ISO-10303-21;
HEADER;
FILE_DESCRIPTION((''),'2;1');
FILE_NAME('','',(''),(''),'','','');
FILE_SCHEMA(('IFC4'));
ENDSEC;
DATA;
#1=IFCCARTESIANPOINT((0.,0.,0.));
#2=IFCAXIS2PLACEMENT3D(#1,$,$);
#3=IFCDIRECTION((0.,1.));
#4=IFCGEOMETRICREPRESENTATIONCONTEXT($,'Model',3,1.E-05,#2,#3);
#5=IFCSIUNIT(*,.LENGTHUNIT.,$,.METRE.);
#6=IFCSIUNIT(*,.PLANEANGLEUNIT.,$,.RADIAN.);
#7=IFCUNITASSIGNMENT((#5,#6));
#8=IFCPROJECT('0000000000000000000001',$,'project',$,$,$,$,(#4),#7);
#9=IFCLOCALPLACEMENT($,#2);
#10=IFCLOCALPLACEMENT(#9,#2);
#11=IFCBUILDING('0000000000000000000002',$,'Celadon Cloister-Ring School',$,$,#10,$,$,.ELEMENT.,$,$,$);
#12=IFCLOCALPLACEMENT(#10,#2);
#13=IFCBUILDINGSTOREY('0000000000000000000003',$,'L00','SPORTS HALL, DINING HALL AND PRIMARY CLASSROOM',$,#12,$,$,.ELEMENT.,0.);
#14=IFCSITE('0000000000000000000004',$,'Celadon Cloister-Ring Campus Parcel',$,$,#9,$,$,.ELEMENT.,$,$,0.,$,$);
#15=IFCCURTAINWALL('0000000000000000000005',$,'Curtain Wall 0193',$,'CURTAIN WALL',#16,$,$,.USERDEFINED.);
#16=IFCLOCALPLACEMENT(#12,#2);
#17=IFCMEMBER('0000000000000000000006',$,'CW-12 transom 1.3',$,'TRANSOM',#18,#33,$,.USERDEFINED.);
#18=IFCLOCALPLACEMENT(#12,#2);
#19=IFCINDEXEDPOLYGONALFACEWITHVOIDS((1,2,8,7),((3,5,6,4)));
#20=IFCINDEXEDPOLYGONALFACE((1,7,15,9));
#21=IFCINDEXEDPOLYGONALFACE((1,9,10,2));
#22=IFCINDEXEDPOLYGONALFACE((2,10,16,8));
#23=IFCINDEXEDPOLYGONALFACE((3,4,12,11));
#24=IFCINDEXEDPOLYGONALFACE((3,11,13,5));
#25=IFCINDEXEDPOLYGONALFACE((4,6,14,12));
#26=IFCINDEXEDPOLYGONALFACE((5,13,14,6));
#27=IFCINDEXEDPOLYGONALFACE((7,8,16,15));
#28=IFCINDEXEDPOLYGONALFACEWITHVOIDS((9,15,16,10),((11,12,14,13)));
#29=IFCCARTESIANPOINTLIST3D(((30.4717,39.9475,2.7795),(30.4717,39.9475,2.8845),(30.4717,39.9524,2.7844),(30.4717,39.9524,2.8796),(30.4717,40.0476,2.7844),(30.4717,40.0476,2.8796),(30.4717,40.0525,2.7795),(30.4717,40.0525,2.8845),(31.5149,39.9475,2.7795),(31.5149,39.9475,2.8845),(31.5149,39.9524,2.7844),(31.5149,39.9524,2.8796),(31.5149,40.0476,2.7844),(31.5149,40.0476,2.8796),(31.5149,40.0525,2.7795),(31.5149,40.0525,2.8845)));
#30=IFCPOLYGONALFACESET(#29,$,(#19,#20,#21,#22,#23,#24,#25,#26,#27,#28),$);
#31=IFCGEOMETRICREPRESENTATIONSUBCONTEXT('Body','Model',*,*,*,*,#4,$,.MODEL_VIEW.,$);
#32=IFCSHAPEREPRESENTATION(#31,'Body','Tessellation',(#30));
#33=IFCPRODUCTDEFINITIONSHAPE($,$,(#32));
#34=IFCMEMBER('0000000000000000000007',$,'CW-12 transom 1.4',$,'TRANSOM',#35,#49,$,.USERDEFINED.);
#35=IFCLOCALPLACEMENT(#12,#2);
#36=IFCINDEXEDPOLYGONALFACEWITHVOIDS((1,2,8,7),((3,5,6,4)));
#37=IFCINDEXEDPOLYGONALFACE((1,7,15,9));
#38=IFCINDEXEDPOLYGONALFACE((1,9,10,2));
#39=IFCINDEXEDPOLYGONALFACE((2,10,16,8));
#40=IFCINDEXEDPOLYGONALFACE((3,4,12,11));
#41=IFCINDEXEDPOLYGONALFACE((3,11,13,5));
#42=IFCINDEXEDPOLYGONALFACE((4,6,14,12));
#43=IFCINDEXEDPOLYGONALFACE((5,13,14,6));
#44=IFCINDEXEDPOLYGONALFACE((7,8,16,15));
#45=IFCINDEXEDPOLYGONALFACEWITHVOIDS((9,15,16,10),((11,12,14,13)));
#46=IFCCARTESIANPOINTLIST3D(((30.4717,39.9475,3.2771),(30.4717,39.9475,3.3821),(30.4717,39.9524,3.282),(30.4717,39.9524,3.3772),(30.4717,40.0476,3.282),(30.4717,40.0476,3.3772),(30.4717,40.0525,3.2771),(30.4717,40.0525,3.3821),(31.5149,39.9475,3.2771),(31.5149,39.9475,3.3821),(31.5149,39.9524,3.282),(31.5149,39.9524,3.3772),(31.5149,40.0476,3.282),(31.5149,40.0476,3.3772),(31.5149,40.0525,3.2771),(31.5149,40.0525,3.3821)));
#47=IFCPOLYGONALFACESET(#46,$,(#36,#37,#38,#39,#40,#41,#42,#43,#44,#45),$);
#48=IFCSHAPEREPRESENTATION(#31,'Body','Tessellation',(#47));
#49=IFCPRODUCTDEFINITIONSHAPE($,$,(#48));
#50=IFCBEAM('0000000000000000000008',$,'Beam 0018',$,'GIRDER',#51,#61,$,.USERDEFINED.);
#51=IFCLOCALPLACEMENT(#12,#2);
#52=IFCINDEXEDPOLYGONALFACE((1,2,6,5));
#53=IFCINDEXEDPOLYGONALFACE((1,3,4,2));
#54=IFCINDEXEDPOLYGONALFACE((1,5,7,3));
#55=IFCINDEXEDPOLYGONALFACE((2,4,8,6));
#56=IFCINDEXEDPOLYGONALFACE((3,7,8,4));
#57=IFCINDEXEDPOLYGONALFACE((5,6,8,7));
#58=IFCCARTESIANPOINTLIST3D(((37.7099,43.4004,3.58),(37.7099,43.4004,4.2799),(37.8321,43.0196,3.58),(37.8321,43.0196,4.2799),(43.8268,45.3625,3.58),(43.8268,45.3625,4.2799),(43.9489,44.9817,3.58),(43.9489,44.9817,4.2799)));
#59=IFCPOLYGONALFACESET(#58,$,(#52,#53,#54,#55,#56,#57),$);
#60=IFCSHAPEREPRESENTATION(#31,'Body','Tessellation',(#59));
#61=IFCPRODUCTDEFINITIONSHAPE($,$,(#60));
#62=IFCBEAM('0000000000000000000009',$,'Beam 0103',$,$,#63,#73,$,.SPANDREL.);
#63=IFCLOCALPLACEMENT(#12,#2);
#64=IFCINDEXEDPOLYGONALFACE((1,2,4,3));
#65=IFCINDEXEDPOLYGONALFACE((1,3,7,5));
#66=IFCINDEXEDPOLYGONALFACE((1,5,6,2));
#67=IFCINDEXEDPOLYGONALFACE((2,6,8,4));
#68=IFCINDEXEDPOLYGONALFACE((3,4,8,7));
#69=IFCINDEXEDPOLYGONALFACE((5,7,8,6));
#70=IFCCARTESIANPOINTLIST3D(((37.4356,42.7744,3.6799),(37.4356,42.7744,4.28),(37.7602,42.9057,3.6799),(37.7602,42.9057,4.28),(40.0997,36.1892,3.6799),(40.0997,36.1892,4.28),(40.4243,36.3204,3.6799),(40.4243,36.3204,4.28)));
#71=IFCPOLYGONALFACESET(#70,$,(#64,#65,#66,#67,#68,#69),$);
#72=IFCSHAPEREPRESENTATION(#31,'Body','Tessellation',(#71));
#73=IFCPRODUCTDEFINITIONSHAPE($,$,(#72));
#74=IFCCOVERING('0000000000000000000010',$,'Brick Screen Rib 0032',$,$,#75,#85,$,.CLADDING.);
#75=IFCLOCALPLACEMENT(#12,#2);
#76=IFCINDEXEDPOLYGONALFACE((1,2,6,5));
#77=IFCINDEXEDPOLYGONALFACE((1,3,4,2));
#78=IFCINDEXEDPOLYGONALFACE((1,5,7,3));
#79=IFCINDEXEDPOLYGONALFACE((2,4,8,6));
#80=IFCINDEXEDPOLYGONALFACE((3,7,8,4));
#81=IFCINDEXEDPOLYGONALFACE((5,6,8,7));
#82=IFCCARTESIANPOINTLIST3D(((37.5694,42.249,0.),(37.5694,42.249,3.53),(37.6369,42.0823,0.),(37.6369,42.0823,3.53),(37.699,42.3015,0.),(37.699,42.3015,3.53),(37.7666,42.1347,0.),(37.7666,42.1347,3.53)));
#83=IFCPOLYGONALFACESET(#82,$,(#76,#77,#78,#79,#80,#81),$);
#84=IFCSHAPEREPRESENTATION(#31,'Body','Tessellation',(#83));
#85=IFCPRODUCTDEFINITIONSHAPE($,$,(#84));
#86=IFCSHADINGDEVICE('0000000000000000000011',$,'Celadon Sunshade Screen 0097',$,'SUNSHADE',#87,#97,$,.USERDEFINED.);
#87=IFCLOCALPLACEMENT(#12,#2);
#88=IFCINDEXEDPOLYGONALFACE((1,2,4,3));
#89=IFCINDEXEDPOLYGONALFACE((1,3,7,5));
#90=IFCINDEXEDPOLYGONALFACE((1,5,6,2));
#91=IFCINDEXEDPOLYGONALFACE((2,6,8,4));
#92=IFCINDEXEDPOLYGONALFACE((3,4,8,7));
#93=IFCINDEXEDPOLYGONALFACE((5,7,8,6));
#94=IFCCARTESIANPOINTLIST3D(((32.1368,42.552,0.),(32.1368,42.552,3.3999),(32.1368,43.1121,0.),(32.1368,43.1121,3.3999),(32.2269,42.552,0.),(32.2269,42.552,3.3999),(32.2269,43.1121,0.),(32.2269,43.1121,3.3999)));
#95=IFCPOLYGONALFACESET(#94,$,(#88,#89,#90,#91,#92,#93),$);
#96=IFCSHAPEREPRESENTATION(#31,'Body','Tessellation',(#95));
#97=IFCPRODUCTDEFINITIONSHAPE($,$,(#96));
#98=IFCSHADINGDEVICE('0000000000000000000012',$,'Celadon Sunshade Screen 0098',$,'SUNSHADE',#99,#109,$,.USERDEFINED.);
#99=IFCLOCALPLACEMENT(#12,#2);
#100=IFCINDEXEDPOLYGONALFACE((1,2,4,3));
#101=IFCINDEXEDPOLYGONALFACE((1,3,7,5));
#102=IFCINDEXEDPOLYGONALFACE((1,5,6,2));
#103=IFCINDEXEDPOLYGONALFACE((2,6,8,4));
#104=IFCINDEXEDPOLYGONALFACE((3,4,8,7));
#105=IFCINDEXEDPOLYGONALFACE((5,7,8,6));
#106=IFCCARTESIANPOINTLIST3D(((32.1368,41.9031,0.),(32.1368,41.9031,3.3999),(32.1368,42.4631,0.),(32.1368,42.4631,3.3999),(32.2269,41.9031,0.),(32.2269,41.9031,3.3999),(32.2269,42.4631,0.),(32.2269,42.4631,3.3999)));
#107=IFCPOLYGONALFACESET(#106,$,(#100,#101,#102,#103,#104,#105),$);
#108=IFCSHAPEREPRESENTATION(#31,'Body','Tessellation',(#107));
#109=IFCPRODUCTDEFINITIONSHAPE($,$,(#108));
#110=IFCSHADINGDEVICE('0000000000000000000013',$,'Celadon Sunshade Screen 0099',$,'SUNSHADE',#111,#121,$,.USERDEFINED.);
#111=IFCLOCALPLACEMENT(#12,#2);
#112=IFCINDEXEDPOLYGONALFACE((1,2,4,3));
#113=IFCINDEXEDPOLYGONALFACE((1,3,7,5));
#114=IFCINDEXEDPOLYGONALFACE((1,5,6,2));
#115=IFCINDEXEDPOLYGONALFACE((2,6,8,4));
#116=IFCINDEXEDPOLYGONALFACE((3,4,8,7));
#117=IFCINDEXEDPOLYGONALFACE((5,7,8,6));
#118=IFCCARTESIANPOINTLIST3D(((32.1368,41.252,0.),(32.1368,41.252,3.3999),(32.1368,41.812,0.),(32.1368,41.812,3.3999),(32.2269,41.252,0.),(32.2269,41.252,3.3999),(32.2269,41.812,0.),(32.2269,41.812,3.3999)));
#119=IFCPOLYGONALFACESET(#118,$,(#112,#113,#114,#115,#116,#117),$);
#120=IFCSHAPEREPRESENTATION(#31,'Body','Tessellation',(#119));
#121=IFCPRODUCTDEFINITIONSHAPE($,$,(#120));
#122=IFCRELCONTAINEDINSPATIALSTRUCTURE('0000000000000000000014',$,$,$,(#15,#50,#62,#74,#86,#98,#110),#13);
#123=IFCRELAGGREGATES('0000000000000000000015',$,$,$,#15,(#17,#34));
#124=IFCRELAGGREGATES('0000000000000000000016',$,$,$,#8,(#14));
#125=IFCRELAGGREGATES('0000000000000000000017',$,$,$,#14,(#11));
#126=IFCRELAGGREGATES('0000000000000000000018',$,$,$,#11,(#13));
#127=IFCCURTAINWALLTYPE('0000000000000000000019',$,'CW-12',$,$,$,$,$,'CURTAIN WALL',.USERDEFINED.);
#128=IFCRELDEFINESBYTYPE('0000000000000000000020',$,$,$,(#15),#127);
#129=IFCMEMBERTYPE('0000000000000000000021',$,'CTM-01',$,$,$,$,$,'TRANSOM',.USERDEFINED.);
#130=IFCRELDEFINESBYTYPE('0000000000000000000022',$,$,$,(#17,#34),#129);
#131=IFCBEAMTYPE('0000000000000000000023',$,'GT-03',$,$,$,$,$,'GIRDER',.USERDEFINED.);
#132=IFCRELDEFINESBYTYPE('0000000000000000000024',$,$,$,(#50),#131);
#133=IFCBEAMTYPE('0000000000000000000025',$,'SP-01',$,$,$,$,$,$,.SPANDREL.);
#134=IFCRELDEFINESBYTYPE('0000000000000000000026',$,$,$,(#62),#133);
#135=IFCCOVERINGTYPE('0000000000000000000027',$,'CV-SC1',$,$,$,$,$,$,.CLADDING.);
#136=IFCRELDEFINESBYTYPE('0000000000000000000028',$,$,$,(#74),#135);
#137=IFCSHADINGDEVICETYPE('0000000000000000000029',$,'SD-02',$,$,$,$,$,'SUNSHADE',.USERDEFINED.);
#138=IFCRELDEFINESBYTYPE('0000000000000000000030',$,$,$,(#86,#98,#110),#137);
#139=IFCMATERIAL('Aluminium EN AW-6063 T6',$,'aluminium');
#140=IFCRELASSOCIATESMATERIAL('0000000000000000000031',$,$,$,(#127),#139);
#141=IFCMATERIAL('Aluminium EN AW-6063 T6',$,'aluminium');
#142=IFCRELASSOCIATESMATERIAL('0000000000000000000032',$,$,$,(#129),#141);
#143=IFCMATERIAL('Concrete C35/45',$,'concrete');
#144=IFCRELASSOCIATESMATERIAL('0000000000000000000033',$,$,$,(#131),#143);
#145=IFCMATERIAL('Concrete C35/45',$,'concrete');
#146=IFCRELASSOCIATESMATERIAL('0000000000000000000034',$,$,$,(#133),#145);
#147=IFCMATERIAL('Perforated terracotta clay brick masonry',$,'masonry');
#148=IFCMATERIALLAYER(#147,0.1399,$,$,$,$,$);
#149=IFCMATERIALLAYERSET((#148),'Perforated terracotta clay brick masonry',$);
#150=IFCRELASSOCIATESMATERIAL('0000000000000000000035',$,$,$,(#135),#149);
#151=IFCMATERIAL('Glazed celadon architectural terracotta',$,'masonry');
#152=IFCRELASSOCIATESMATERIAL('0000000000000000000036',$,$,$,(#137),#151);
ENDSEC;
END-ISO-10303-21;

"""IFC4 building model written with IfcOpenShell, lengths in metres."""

from ifc_helpers import new_model, si_unit, direction, frame, origin, origin_2d, place, context, subcontext, project, spatial, rectangle, hollow_rectangle, extrude, material, layer, layer_set, material_profile, profile_set, type_object, element, aggregate, save


model = new_model("IFC4")

# Units and contexts
model_context = context("Model", 3, precision=1e-05, world=origin(), true_north=direction((0.0, 1.0)))
body_context = subcontext(model_context, "Body", "Model", "MODEL_VIEW")
ifc_project = project(units=[si_unit("LENGTHUNIT", "METRE"), si_unit("PLANEANGLEUNIT", "RADIAN")], contexts=[model_context])

# Site, building, storey
site_placement = place(None, origin())
site = spatial("IfcSite", under=ifc_project, at=site_placement, Name="Celadon Cloister-Ring Campus Parcel", CompositionType="ELEMENT", RefElevation=0.0)
building_placement = place(site_placement, origin())
building = spatial("IfcBuilding", under=site, at=building_placement, Name="Celadon Cloister-Ring School", CompositionType="ELEMENT")
storey_placement = place(building_placement, origin())
storey = spatial("IfcBuildingStorey", under=building, at=storey_placement, Name="L00", Description="SPORTS HALL, DINING HALL AND PRIMARY CLASSROOM", CompositionType="ELEMENT", Elevation=0.0)

# Curtain wall, members
ifc_material_1 = material(Name="Aluminium EN AW-6063 T6", Category="aluminium")
curtain_wall_type = type_object("IfcCurtainWallType", Name="CW-12", ElementType="CURTAIN WALL", PredefinedType="USERDEFINED", material=ifc_material_1)
curtain_wall_placement = place(storey_placement, origin())
curtain_wall = element("IfcCurtainWall", 1, at=curtain_wall_placement, inside=storey, type_object=curtain_wall_type, Name="Curtain Wall 0193", ObjectType="CURTAIN WALL", PredefinedType="USERDEFINED")
ifc_material_2 = material(Name="Aluminium EN AW-6063 T6", Category="aluminium")
ifc_material_profile_1 = material_profile(ifc_material_2, hollow_rectangle(XDim=0.105, YDim=0.105, WallThickness=0.0049, at=origin_2d()), Name="RHS105X105X5")
ifc_profile_set_1 = profile_set([ifc_material_profile_1], Name="Aluminium EN AW-6063 T6")
member_type_1 = type_object("IfcMemberType", Name="CTM-01", ElementType="TRANSOM", PredefinedType="USERDEFINED", material=ifc_profile_set_1)
member_1_placement = place(storey_placement, frame((31.5149, 40.0, 2.832), z_axis=(-1.0, 0.0, 0.0), x_axis=(0.0, -1.0, 0.0)))
member_1 = element("IfcMember", 2, at=member_1_placement, type_object=member_type_1, Name="CW-12 transom 1.3", ObjectType="TRANSOM", PredefinedType="USERDEFINED", context=body_context, shape_type="SweptSolid", body=[
    extrude(hollow_rectangle(XDim=0.105, YDim=0.105, WallThickness=0.0049, at=origin_2d()), origin(), (0.0, 0.0, 1.0), 1.0432),
])
member_2_placement = place(storey_placement, frame((31.5149, 40.0, 3.3296), z_axis=(-1.0, 0.0, 0.0), x_axis=(0.0, -1.0, 0.0)))
member_2 = element("IfcMember", 3, at=member_2_placement, type_object=member_type_1, Name="CW-12 transom 1.4", ObjectType="TRANSOM", PredefinedType="USERDEFINED", context=body_context, shape_type="SweptSolid", body=[
    extrude(hollow_rectangle(XDim=0.105, YDim=0.105, WallThickness=0.0049, at=origin_2d()), origin(), (0.0, 0.0, 1.0), 1.0432),
])
aggregate(curtain_wall, [member_1, member_2])

# Beams
ifc_material_3 = material(Name="Concrete C35/45", Category="concrete")
ifc_material_profile_2 = material_profile(ifc_material_3, rectangle(XDim=0.3999, YDim=0.7, at=origin_2d()), Name="RC400X700")
ifc_profile_set_2 = profile_set([ifc_material_profile_2], Name="Concrete C35/45")
beam_type_1 = type_object("IfcBeamType", Name="GT-03", ElementType="GIRDER", PredefinedType="USERDEFINED", material=ifc_profile_set_2)
beam_1_placement = place(storey_placement, frame((37.771, 43.21, 3.9299), z_axis=(0.95221, 0.305444, 0.0), x_axis=(-0.305444, 0.95221, 0.0)))
element("IfcBeam", 4, at=beam_1_placement, inside=storey, type_object=beam_type_1, Name="Beam 0018", ObjectType="GIRDER", PredefinedType="USERDEFINED", context=body_context, shape_type="SweptSolid", body=[
    extrude(rectangle(XDim=0.3999, YDim=0.7, at=origin_2d()), origin(), (0.0, 0.0, 1.0), 6.4238),
])
ifc_material_4 = material(Name="Concrete C35/45", Category="concrete")
ifc_material_profile_3 = material_profile(ifc_material_4, rectangle(XDim=0.3501, YDim=0.6001, at=origin_2d()), Name="RC350X600")
ifc_profile_set_3 = profile_set([ifc_material_profile_3], Name="Concrete C35/45")
beam_type_2 = type_object("IfcBeamType", Name="SP-01", PredefinedType="SPANDREL", material=ifc_profile_set_3)
beam_2_placement = place(storey_placement, frame((37.5979, 42.8401, 3.98), z_axis=(0.375026, -0.927014, 0.0), x_axis=(0.927014, 0.375026, 0.0)))
element("IfcBeam", 5, at=beam_2_placement, inside=storey, type_object=beam_type_2, Name="Beam 0103", PredefinedType="SPANDREL", context=body_context, shape_type="SweptSolid", body=[
    extrude(rectangle(XDim=0.3501, YDim=0.6001, at=origin_2d()), origin(), (0.0, 0.0, 1.0), 7.1038),
])

# Covering
ifc_material_5 = material(Name="Perforated terracotta clay brick masonry", Category="masonry")
ifc_layer = layer(ifc_material_5, 0.1399)
ifc_layer_set = layer_set([ifc_layer], Name="Perforated terracotta clay brick masonry")
covering_type = type_object("IfcCoveringType", Name="CV-SC1", PredefinedType="CLADDING", material=ifc_layer_set)
covering_placement = place(storey_placement, frame((37.668, 42.1919, 0.0), z_axis=(0.0, 0.0, 1.0), x_axis=(-0.375205, 0.926942, 0.0)))
element("IfcCovering", 6, at=covering_placement, inside=storey, type_object=covering_type, Name="Brick Screen Rib 0032", PredefinedType="CLADDING", context=body_context, shape_type="SweptSolid", body=[
    extrude(rectangle(XDim=0.1799, YDim=0.1399, at=origin_2d()), origin(), (0.0, 0.0, 1.0), 3.53),
])

# Shading devices
ifc_material_6 = material(Name="Glazed celadon architectural terracotta", Category="masonry")
shading_device_type = type_object("IfcShadingDeviceType", Name="SD-02", ElementType="SUNSHADE", PredefinedType="USERDEFINED", material=ifc_material_6)
for number, where, z_axis, x_axis, name in (
    (7, (32.1819, 42.832, 0.0), (0.0, 0.0, 1.0), (0.0, -1.0, 0.0), "Celadon Sunshade Screen 0097"),
    (8, (32.1819, 42.1831, 0.0), (0.0, 0.0, 1.0), (0.0, -1.0, 0.0), "Celadon Sunshade Screen 0098"),
    (9, (32.1819, 41.532, 0.0), (0.0, 0.0, 1.0), (0.0, -1.0, 0.0), "Celadon Sunshade Screen 0099"),
):
    element("IfcShadingDevice", number, at=place(storey_placement, frame(where, z_axis=z_axis, x_axis=x_axis)), inside=storey, type_object=shading_device_type, Name=name, ObjectType="SUNSHADE", PredefinedType="USERDEFINED", context=body_context, shape_type="SweptSolid", body=[
        extrude(rectangle(XDim=0.5601, YDim=0.0901, at=origin_2d()), origin(), (0.0, 0.0, 1.0), 3.3999),
    ])

save(model, "model.ifc")
